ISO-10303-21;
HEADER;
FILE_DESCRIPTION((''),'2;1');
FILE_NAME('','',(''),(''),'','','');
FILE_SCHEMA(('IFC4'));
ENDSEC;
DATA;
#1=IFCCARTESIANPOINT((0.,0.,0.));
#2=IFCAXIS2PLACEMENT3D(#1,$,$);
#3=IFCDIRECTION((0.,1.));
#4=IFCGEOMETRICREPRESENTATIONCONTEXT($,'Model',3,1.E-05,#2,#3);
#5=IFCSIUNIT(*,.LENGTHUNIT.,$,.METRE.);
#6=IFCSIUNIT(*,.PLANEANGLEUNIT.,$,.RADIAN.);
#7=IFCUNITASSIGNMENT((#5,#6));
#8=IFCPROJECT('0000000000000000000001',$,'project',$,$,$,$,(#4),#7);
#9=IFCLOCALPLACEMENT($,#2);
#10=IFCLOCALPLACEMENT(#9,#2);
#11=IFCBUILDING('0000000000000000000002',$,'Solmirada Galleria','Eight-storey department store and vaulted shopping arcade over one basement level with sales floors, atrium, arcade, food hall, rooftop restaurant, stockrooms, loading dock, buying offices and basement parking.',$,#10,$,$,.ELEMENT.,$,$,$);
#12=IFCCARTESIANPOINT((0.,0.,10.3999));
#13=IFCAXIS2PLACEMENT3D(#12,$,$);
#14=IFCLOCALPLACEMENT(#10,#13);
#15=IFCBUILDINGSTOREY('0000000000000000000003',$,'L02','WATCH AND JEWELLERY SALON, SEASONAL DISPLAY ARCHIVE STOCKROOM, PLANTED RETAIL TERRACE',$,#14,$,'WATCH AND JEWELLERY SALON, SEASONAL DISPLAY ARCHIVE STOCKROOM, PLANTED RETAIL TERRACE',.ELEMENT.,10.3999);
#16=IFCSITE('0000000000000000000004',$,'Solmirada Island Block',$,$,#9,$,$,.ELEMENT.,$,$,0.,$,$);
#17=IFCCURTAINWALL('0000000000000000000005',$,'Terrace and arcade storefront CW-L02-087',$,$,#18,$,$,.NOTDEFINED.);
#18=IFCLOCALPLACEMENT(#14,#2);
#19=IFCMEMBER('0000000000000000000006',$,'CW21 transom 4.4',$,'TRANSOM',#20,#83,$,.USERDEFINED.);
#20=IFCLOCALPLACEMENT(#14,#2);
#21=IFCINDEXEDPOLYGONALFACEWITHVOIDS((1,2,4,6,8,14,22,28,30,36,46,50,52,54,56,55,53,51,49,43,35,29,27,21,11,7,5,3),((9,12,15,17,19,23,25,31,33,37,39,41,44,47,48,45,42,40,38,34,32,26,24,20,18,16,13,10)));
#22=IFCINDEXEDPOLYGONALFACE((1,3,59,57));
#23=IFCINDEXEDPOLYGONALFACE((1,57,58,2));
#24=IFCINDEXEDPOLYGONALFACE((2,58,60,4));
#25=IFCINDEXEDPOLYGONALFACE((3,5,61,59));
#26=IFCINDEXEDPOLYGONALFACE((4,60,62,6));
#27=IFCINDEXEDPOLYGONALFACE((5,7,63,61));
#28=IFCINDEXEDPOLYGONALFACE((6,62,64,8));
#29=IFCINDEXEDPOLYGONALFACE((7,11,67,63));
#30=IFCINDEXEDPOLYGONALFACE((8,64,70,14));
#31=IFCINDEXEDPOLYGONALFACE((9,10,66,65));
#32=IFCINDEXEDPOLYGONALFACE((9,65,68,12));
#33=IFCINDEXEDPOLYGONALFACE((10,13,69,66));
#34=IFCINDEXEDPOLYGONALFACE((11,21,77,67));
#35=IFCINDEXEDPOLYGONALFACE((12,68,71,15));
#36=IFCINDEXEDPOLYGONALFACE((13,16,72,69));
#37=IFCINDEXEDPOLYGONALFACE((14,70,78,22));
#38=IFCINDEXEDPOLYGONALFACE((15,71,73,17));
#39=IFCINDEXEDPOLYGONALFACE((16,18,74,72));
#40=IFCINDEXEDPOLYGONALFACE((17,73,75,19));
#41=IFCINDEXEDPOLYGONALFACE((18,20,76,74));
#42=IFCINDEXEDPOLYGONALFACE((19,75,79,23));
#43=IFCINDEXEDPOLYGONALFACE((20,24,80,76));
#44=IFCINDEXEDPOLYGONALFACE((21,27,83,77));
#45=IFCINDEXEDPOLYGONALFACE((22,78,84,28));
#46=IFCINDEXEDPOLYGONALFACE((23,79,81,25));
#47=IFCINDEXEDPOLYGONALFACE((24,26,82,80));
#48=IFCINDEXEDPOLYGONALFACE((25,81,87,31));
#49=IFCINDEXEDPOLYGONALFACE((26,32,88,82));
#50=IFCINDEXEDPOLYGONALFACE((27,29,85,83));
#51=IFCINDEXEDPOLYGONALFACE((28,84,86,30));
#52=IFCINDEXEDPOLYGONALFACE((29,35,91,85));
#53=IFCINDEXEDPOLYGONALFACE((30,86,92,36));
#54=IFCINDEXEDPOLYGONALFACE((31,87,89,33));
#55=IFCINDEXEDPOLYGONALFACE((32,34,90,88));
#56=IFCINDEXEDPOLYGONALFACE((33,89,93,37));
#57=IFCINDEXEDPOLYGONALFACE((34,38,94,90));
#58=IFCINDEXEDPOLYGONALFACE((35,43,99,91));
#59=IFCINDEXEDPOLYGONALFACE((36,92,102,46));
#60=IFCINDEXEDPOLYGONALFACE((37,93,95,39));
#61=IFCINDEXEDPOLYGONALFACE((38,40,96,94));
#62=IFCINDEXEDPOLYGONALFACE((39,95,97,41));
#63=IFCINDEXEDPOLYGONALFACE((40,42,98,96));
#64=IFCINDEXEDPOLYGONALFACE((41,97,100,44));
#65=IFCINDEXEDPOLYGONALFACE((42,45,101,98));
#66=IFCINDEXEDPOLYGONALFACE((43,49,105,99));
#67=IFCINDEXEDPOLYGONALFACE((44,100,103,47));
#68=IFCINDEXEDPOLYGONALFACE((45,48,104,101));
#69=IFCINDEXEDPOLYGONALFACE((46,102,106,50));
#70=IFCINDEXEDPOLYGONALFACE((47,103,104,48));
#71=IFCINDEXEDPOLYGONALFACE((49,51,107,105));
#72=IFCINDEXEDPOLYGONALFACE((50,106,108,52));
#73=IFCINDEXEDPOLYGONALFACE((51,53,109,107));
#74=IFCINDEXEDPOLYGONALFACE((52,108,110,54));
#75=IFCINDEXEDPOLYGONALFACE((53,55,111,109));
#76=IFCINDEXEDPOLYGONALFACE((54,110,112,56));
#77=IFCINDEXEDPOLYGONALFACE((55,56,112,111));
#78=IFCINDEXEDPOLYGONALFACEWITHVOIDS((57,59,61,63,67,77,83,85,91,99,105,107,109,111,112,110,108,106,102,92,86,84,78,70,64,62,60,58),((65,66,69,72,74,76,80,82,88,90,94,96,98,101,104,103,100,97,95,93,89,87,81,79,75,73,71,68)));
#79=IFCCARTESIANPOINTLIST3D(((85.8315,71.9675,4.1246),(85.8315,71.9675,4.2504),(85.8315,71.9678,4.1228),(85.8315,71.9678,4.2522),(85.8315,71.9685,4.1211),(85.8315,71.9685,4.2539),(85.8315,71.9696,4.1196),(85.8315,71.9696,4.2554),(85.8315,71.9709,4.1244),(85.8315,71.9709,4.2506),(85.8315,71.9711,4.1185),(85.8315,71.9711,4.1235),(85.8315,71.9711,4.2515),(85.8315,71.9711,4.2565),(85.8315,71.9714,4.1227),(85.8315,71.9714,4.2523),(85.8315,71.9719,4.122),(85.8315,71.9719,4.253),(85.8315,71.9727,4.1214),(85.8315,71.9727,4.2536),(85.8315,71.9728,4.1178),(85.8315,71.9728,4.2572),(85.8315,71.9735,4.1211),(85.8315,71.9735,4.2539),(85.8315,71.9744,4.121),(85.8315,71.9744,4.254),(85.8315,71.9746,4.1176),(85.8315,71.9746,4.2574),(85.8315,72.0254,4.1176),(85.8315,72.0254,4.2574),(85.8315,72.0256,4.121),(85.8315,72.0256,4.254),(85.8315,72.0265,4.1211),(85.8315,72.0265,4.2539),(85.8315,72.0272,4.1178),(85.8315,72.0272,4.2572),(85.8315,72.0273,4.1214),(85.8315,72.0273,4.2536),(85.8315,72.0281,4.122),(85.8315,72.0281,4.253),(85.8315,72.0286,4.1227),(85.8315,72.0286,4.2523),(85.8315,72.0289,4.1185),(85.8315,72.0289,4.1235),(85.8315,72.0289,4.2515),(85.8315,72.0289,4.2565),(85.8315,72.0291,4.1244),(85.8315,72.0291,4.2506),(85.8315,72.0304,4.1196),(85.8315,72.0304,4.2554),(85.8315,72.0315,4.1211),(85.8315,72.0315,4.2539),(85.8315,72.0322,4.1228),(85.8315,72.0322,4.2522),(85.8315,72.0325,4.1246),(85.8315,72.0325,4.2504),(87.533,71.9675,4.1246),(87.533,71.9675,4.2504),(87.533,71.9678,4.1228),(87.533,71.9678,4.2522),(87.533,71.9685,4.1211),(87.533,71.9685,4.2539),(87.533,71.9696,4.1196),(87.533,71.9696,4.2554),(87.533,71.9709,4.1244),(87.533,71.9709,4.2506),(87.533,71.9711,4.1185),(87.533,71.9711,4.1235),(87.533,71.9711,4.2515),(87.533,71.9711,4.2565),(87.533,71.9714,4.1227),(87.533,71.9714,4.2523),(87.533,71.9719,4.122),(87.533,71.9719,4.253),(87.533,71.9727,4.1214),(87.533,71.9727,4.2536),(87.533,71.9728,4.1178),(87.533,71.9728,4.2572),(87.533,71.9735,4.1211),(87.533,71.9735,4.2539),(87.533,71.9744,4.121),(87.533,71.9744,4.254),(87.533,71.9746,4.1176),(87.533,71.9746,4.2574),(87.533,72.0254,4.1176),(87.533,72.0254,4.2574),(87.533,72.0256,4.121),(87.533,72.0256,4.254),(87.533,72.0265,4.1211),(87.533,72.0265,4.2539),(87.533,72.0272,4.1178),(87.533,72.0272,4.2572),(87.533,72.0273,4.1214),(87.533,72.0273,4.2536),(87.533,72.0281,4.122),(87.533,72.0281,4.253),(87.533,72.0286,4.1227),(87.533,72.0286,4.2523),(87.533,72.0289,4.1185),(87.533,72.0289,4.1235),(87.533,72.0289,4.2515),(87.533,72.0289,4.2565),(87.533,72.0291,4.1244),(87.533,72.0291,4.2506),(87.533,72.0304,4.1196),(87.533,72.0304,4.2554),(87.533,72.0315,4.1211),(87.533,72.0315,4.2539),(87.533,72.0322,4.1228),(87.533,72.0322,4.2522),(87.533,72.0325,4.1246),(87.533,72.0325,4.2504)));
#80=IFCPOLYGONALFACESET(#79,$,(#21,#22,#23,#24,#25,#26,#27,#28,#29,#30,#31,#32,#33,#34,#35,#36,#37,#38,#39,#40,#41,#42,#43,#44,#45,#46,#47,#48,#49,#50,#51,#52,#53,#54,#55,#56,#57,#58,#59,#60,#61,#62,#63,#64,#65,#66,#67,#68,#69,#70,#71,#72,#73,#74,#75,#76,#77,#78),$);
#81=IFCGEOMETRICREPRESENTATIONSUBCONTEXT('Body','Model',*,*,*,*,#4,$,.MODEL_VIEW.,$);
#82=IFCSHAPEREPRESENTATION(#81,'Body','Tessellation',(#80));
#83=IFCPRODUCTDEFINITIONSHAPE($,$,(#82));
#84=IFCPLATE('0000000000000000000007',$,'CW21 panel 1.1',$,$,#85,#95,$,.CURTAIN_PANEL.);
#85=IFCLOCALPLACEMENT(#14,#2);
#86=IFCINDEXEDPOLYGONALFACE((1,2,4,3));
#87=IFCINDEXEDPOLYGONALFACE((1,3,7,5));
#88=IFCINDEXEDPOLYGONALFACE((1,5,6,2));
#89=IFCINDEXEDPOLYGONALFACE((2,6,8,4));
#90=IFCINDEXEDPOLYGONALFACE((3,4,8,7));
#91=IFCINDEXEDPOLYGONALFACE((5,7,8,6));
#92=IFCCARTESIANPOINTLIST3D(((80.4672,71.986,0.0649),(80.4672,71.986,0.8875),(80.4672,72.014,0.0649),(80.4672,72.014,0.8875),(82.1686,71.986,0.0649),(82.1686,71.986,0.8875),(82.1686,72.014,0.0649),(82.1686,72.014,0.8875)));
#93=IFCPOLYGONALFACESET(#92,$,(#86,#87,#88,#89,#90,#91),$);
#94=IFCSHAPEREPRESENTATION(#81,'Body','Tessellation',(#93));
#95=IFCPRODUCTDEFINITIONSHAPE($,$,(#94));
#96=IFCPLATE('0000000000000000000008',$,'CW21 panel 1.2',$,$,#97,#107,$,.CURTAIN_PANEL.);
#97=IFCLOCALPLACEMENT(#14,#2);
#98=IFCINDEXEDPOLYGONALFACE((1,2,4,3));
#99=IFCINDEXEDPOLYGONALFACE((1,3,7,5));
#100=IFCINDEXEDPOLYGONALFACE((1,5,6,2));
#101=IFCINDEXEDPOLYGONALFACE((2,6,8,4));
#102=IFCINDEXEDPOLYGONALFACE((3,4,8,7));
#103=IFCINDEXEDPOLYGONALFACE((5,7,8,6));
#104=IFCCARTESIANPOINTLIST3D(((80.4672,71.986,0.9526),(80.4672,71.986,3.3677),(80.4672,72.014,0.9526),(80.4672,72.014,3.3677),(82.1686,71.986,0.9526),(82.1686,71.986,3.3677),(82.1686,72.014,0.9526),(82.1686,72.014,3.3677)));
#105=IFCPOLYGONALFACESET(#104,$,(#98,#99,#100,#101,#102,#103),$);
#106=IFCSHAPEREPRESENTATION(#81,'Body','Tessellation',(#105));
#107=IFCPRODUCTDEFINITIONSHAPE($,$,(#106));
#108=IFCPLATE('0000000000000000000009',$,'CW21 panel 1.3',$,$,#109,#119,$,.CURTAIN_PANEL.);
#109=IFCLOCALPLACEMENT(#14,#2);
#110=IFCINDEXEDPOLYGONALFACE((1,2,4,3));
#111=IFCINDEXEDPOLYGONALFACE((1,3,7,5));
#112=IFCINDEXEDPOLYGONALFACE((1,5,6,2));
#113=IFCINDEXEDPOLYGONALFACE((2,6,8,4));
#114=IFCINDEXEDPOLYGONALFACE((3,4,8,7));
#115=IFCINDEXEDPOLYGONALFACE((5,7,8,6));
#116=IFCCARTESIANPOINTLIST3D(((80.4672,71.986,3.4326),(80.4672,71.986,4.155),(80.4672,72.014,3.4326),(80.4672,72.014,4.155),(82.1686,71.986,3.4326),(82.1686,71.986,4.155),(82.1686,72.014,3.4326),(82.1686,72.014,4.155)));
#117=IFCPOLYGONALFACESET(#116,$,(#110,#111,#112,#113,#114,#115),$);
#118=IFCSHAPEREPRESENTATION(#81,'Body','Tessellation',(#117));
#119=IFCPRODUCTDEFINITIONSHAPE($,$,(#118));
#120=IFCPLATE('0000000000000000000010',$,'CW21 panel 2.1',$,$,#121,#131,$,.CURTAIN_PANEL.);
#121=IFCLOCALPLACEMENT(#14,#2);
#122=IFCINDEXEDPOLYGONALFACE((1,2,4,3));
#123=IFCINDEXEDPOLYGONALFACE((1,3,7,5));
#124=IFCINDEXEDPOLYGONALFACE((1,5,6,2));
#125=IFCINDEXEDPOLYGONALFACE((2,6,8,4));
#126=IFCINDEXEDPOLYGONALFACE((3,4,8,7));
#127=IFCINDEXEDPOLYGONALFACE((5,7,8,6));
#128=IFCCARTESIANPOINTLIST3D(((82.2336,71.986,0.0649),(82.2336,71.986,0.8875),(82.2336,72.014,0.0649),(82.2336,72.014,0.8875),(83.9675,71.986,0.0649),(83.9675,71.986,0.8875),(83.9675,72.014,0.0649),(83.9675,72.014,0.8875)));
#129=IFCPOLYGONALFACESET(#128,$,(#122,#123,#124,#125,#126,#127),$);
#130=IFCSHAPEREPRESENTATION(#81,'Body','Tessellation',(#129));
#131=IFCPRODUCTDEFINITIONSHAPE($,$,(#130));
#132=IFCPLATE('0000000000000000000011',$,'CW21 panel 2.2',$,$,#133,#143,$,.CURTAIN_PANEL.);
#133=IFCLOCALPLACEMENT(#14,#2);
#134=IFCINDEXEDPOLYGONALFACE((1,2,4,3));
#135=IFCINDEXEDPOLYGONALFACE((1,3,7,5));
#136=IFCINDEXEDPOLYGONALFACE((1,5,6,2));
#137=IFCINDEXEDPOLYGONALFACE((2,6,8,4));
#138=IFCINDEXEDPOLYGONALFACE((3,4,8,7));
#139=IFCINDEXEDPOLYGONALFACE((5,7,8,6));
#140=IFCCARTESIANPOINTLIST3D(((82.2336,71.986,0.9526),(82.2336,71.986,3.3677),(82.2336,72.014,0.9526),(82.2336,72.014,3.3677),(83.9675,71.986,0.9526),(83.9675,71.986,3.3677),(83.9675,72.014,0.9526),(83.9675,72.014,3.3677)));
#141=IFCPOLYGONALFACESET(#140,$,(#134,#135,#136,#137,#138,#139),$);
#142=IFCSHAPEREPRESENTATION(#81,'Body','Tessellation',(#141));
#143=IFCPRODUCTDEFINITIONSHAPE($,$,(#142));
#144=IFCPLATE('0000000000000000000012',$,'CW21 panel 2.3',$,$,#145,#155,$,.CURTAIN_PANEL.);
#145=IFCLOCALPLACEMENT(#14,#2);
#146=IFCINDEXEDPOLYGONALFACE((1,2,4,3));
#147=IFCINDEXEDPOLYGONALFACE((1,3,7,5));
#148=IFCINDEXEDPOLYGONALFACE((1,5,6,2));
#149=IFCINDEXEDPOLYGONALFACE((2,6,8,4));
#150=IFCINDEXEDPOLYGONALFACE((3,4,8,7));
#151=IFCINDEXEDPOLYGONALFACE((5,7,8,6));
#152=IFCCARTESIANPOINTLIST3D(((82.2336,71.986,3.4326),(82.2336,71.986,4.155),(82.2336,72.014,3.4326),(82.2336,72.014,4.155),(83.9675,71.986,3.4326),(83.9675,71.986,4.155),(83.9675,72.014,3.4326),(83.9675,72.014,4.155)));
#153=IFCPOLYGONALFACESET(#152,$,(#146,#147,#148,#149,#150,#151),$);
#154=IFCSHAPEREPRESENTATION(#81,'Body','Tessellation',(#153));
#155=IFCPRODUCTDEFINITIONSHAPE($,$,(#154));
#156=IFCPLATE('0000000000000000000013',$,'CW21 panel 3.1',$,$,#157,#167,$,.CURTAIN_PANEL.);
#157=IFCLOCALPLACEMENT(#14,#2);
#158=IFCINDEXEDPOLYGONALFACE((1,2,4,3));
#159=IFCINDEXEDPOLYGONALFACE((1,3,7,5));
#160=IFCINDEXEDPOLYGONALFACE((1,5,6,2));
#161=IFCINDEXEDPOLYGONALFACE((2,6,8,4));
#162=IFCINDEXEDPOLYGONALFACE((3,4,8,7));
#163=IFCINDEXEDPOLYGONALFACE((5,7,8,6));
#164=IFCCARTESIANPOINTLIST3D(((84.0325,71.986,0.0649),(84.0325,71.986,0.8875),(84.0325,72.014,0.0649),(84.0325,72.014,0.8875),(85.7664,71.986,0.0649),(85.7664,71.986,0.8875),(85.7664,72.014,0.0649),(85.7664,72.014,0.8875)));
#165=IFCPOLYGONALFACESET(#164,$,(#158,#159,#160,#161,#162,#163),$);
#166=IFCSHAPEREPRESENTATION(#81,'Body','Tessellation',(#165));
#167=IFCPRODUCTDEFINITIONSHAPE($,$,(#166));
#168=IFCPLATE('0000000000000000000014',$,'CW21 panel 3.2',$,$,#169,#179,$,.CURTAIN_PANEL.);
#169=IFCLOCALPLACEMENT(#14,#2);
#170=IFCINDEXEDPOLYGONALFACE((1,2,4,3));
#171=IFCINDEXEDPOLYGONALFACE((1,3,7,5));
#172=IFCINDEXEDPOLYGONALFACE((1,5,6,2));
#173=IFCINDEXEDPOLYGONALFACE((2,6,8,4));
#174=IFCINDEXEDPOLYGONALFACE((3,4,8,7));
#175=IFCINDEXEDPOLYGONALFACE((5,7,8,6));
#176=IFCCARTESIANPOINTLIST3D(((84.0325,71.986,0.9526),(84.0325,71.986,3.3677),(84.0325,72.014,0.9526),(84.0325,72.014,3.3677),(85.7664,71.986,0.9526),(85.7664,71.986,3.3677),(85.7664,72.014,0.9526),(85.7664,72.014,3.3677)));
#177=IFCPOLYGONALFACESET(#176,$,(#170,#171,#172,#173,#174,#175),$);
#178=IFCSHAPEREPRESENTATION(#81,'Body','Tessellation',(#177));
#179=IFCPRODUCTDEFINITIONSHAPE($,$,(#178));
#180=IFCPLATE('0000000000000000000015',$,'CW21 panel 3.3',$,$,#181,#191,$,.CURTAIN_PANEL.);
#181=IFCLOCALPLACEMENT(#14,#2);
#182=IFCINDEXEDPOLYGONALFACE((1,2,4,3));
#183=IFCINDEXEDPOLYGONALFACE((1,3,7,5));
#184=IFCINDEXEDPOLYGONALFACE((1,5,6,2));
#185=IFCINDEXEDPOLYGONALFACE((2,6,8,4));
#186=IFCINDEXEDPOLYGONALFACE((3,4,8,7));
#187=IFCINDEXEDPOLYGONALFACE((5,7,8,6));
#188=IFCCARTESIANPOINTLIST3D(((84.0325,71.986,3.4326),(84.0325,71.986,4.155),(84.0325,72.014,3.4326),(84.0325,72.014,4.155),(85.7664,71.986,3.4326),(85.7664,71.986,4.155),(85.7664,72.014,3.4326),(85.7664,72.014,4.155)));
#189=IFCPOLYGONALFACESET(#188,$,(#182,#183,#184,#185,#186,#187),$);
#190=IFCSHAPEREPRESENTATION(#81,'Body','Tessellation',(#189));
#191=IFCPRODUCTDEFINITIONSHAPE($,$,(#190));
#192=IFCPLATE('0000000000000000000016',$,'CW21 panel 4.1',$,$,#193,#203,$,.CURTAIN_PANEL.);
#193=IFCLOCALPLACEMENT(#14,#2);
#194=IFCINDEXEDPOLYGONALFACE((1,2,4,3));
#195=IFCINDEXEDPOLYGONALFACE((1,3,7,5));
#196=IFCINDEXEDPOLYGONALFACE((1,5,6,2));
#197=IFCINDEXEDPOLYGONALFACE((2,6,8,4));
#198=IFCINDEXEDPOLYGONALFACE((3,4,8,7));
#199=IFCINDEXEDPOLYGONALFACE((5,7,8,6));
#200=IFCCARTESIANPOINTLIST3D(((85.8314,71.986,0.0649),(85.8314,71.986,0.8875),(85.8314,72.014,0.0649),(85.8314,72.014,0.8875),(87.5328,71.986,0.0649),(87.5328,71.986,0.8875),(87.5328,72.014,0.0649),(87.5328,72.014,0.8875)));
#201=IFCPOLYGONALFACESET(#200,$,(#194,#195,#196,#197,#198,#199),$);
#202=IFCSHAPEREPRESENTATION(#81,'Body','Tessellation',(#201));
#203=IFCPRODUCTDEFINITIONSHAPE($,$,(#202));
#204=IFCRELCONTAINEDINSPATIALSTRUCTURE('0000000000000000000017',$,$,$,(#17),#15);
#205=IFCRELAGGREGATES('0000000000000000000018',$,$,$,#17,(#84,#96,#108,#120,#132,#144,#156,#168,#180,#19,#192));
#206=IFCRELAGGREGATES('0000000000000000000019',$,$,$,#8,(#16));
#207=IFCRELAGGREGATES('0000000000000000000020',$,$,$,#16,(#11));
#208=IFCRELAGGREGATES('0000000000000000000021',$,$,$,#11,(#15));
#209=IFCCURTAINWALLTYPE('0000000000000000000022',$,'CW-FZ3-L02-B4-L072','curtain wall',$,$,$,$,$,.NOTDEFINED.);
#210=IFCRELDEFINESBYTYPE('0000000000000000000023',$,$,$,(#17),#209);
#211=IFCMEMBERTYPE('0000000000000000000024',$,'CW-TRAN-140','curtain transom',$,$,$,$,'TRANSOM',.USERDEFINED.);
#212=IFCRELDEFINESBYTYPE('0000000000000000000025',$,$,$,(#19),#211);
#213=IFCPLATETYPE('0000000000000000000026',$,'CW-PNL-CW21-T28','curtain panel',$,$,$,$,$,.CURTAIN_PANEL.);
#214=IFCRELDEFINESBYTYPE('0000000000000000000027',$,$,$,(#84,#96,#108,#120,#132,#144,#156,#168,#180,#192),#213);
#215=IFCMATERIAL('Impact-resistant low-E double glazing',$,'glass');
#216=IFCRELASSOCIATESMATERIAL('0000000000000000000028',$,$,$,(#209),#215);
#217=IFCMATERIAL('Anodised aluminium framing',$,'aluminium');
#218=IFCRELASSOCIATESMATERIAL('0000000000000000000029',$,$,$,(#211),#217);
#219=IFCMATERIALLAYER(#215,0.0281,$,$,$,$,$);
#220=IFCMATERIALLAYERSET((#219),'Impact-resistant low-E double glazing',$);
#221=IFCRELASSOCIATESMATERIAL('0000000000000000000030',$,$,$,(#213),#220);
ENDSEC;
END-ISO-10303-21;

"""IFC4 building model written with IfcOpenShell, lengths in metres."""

from ifc_helpers import new_model, si_unit, direction, frame, origin, origin_2d, place, context, subcontext, project, spatial, rectangle, hollow_rectangle, extrude, material, layer, layer_set, material_profile, profile_set, type_object, element, aggregate, save


model = new_model("IFC4")

# Units and contexts
model_context = context("Model", 3, precision=1e-05, world=origin(), true_north=direction((0.0, 1.0)))
body_context = subcontext(model_context, "Body", "Model", "MODEL_VIEW")
ifc_project = project(units=[si_unit("LENGTHUNIT", "METRE"), si_unit("PLANEANGLEUNIT", "RADIAN")], contexts=[model_context])

# Site, building, storey
site_placement = place(None, origin())
site = spatial("IfcSite", under=ifc_project, at=site_placement, Name="Solmirada Island Block", CompositionType="ELEMENT", RefElevation=0.0)
building_placement = place(site_placement, origin())
building = spatial("IfcBuilding", under=site, at=building_placement, Name="Solmirada Galleria", Description="Eight-storey department store and vaulted shopping arcade over one basement level with sales floors, atrium, arcade, food hall, rooftop restaurant, stockrooms, loading dock, buying offices and basement parking.", CompositionType="ELEMENT")
storey_placement = place(building_placement, frame((0.0, 0.0, 10.3999)))
storey = spatial("IfcBuildingStorey", under=building, at=storey_placement, Name="L02", Description="WATCH AND JEWELLERY SALON, SEASONAL DISPLAY ARCHIVE STOCKROOM, PLANTED RETAIL TERRACE", LongName="WATCH AND JEWELLERY SALON, SEASONAL DISPLAY ARCHIVE STOCKROOM, PLANTED RETAIL TERRACE", CompositionType="ELEMENT", Elevation=10.3999)

# Curtain wall, member, plates
ifc_material_1 = material(Name="Impact-resistant low-E double glazing", Category="glass")
curtain_wall_type = type_object("IfcCurtainWallType", Name="CW-FZ3-L02-B4-L072", Description="curtain wall", PredefinedType="NOTDEFINED", material=ifc_material_1)
curtain_wall_placement = place(storey_placement, origin())
curtain_wall = element("IfcCurtainWall", 1, at=curtain_wall_placement, inside=storey, type_object=curtain_wall_type, Name="Terrace and arcade storefront CW-L02-087", PredefinedType="NOTDEFINED")
ifc_material_2 = material(Name="Anodised aluminium framing", Category="aluminium")
ifc_material_profile_1 = material_profile(ifc_material_2, hollow_rectangle(XDim=0.0649, YDim=0.1399, WallThickness=0.0034, InnerFilletRadius=0.0034, OuterFilletRadius=0.0071, at=origin_2d()), Name="ALU-TRAN-140X65")
ifc_profile_set_1 = profile_set([ifc_material_profile_1], Name="Anodised aluminium framing")
member_type_1 = type_object("IfcMemberType", Name="CW-TRAN-140", Description="curtain transom", ElementType="TRANSOM", PredefinedType="USERDEFINED", material=ifc_profile_set_1)
member_1_placement = place(storey_placement, frame((85.8315, 72.0, 4.1875), z_axis=(1.0, 0.0, 0.0), x_axis=(0.0, 1.0, 0.0)))
member_1 = element("IfcMember", 2, at=member_1_placement, type_object=member_type_1, Name="CW21 transom 4.4", ObjectType="TRANSOM", PredefinedType="USERDEFINED", context=body_context, shape_type="SweptSolid", body=[
    extrude(hollow_rectangle(XDim=0.0649, YDim=0.1399, WallThickness=0.0034, InnerFilletRadius=0.0034, OuterFilletRadius=0.0071, at=origin_2d()), origin(), (0.0, 0.0, 1.0), 1.7014),
])
ifc_layer_1 = layer(ifc_material_1, 0.0281)
ifc_layer_set_1 = layer_set([ifc_layer_1], Name="Impact-resistant low-E double glazing")
plate_type = type_object("IfcPlateType", Name="CW-PNL-CW21-T28", Description="curtain panel", PredefinedType="CURTAIN_PANEL", material=ifc_layer_set_1)
plate_1_placement = place(storey_placement, frame((81.3179, 72.0, 0.0649), z_axis=(0.0, 0.0, 1.0), x_axis=(1.0, 0.0, 0.0)))
plate_1 = element("IfcPlate", 3, at=plate_1_placement, type_object=plate_type, Name="CW21 panel 1.1", PredefinedType="CURTAIN_PANEL", context=body_context, shape_type="SweptSolid", body=[
    extrude(rectangle(XDim=1.7014, YDim=0.0281, at=origin_2d()), origin(), (0.0, 0.0, 1.0), 0.8225),
])
plate_2_placement = place(storey_placement, frame((81.3179, 72.0, 0.9526), z_axis=(0.0, 0.0, 1.0), x_axis=(1.0, 0.0, 0.0)))
plate_2 = element("IfcPlate", 4, at=plate_2_placement, type_object=plate_type, Name="CW21 panel 1.2", PredefinedType="CURTAIN_PANEL", context=body_context, shape_type="SweptSolid", body=[
    extrude(rectangle(XDim=1.7014, YDim=0.0281, at=origin_2d()), origin(), (0.0, 0.0, 1.0), 2.415),
])
plate_3_placement = place(storey_placement, frame((81.3179, 72.0, 3.4326), z_axis=(0.0, 0.0, 1.0), x_axis=(1.0, 0.0, 0.0)))
plate_3 = element("IfcPlate", 5, at=plate_3_placement, type_object=plate_type, Name="CW21 panel 1.3", PredefinedType="CURTAIN_PANEL", context=body_context, shape_type="SweptSolid", body=[
    extrude(rectangle(XDim=1.7014, YDim=0.0281, at=origin_2d()), origin(), (0.0, 0.0, 1.0), 0.7224),
])
plate_4_placement = place(storey_placement, frame((83.1006, 72.0, 0.0649), z_axis=(0.0, 0.0, 1.0), x_axis=(1.0, 0.0, 0.0)))
plate_4 = element("IfcPlate", 6, at=plate_4_placement, type_object=plate_type, Name="CW21 panel 2.1", PredefinedType="CURTAIN_PANEL", context=body_context, shape_type="SweptSolid", body=[
    extrude(rectangle(XDim=1.7339, YDim=0.0281, at=origin_2d()), origin(), (0.0, 0.0, 1.0), 0.8225),
])
plate_5_placement = place(storey_placement, frame((83.1006, 72.0, 0.9526), z_axis=(0.0, 0.0, 1.0), x_axis=(1.0, 0.0, 0.0)))
plate_5 = element("IfcPlate", 7, at=plate_5_placement, type_object=plate_type, Name="CW21 panel 2.2", PredefinedType="CURTAIN_PANEL", context=body_context, shape_type="SweptSolid", body=[
    extrude(rectangle(XDim=1.7339, YDim=0.0281, at=origin_2d()), origin(), (0.0, 0.0, 1.0), 2.415),
])
plate_6_placement = place(storey_placement, frame((83.1006, 72.0, 3.4326), z_axis=(0.0, 0.0, 1.0), x_axis=(1.0, 0.0, 0.0)))
plate_6 = element("IfcPlate", 8, at=plate_6_placement, type_object=plate_type, Name="CW21 panel 2.3", PredefinedType="CURTAIN_PANEL", context=body_context, shape_type="SweptSolid", body=[
    extrude(rectangle(XDim=1.7339, YDim=0.0281, at=origin_2d()), origin(), (0.0, 0.0, 1.0), 0.7224),
])
plate_7_placement = place(storey_placement, frame((84.8994, 72.0, 0.0649), z_axis=(0.0, 0.0, 1.0), x_axis=(1.0, 0.0, 0.0)))
plate_7 = element("IfcPlate", 9, at=plate_7_placement, type_object=plate_type, Name="CW21 panel 3.1", PredefinedType="CURTAIN_PANEL", context=body_context, shape_type="SweptSolid", body=[
    extrude(rectangle(XDim=1.7339, YDim=0.0281, at=origin_2d()), origin(), (0.0, 0.0, 1.0), 0.8225),
])
plate_8_placement = place(storey_placement, frame((84.8994, 72.0, 0.9526), z_axis=(0.0, 0.0, 1.0), x_axis=(1.0, 0.0, 0.0)))
plate_8 = element("IfcPlate", 10, at=plate_8_placement, type_object=plate_type, Name="CW21 panel 3.2", PredefinedType="CURTAIN_PANEL", context=body_context, shape_type="SweptSolid", body=[
    extrude(rectangle(XDim=1.7339, YDim=0.0281, at=origin_2d()), origin(), (0.0, 0.0, 1.0), 2.415),
])
plate_9_placement = place(storey_placement, frame((84.8994, 72.0, 3.4326), z_axis=(0.0, 0.0, 1.0), x_axis=(1.0, 0.0, 0.0)))
plate_9 = element("IfcPlate", 11, at=plate_9_placement, type_object=plate_type, Name="CW21 panel 3.3", PredefinedType="CURTAIN_PANEL", context=body_context, shape_type="SweptSolid", body=[
    extrude(rectangle(XDim=1.7339, YDim=0.0281, at=origin_2d()), origin(), (0.0, 0.0, 1.0), 0.7224),
])
plate_10_placement = place(storey_placement, frame((86.6821, 72.0, 0.0649), z_axis=(0.0, 0.0, 1.0), x_axis=(1.0, 0.0, 0.0)))
plate_10 = element("IfcPlate", 12, at=plate_10_placement, type_object=plate_type, Name="CW21 panel 4.1", PredefinedType="CURTAIN_PANEL", context=body_context, shape_type="SweptSolid", body=[
    extrude(rectangle(XDim=1.7014, YDim=0.0281, at=origin_2d()), origin(), (0.0, 0.0, 1.0), 0.8225),
])
aggregate(curtain_wall, [plate_1, plate_2, plate_3, plate_4, plate_5, plate_6, plate_7, plate_8, plate_9, member_1, plate_10])

save(model, "model.ifc")
